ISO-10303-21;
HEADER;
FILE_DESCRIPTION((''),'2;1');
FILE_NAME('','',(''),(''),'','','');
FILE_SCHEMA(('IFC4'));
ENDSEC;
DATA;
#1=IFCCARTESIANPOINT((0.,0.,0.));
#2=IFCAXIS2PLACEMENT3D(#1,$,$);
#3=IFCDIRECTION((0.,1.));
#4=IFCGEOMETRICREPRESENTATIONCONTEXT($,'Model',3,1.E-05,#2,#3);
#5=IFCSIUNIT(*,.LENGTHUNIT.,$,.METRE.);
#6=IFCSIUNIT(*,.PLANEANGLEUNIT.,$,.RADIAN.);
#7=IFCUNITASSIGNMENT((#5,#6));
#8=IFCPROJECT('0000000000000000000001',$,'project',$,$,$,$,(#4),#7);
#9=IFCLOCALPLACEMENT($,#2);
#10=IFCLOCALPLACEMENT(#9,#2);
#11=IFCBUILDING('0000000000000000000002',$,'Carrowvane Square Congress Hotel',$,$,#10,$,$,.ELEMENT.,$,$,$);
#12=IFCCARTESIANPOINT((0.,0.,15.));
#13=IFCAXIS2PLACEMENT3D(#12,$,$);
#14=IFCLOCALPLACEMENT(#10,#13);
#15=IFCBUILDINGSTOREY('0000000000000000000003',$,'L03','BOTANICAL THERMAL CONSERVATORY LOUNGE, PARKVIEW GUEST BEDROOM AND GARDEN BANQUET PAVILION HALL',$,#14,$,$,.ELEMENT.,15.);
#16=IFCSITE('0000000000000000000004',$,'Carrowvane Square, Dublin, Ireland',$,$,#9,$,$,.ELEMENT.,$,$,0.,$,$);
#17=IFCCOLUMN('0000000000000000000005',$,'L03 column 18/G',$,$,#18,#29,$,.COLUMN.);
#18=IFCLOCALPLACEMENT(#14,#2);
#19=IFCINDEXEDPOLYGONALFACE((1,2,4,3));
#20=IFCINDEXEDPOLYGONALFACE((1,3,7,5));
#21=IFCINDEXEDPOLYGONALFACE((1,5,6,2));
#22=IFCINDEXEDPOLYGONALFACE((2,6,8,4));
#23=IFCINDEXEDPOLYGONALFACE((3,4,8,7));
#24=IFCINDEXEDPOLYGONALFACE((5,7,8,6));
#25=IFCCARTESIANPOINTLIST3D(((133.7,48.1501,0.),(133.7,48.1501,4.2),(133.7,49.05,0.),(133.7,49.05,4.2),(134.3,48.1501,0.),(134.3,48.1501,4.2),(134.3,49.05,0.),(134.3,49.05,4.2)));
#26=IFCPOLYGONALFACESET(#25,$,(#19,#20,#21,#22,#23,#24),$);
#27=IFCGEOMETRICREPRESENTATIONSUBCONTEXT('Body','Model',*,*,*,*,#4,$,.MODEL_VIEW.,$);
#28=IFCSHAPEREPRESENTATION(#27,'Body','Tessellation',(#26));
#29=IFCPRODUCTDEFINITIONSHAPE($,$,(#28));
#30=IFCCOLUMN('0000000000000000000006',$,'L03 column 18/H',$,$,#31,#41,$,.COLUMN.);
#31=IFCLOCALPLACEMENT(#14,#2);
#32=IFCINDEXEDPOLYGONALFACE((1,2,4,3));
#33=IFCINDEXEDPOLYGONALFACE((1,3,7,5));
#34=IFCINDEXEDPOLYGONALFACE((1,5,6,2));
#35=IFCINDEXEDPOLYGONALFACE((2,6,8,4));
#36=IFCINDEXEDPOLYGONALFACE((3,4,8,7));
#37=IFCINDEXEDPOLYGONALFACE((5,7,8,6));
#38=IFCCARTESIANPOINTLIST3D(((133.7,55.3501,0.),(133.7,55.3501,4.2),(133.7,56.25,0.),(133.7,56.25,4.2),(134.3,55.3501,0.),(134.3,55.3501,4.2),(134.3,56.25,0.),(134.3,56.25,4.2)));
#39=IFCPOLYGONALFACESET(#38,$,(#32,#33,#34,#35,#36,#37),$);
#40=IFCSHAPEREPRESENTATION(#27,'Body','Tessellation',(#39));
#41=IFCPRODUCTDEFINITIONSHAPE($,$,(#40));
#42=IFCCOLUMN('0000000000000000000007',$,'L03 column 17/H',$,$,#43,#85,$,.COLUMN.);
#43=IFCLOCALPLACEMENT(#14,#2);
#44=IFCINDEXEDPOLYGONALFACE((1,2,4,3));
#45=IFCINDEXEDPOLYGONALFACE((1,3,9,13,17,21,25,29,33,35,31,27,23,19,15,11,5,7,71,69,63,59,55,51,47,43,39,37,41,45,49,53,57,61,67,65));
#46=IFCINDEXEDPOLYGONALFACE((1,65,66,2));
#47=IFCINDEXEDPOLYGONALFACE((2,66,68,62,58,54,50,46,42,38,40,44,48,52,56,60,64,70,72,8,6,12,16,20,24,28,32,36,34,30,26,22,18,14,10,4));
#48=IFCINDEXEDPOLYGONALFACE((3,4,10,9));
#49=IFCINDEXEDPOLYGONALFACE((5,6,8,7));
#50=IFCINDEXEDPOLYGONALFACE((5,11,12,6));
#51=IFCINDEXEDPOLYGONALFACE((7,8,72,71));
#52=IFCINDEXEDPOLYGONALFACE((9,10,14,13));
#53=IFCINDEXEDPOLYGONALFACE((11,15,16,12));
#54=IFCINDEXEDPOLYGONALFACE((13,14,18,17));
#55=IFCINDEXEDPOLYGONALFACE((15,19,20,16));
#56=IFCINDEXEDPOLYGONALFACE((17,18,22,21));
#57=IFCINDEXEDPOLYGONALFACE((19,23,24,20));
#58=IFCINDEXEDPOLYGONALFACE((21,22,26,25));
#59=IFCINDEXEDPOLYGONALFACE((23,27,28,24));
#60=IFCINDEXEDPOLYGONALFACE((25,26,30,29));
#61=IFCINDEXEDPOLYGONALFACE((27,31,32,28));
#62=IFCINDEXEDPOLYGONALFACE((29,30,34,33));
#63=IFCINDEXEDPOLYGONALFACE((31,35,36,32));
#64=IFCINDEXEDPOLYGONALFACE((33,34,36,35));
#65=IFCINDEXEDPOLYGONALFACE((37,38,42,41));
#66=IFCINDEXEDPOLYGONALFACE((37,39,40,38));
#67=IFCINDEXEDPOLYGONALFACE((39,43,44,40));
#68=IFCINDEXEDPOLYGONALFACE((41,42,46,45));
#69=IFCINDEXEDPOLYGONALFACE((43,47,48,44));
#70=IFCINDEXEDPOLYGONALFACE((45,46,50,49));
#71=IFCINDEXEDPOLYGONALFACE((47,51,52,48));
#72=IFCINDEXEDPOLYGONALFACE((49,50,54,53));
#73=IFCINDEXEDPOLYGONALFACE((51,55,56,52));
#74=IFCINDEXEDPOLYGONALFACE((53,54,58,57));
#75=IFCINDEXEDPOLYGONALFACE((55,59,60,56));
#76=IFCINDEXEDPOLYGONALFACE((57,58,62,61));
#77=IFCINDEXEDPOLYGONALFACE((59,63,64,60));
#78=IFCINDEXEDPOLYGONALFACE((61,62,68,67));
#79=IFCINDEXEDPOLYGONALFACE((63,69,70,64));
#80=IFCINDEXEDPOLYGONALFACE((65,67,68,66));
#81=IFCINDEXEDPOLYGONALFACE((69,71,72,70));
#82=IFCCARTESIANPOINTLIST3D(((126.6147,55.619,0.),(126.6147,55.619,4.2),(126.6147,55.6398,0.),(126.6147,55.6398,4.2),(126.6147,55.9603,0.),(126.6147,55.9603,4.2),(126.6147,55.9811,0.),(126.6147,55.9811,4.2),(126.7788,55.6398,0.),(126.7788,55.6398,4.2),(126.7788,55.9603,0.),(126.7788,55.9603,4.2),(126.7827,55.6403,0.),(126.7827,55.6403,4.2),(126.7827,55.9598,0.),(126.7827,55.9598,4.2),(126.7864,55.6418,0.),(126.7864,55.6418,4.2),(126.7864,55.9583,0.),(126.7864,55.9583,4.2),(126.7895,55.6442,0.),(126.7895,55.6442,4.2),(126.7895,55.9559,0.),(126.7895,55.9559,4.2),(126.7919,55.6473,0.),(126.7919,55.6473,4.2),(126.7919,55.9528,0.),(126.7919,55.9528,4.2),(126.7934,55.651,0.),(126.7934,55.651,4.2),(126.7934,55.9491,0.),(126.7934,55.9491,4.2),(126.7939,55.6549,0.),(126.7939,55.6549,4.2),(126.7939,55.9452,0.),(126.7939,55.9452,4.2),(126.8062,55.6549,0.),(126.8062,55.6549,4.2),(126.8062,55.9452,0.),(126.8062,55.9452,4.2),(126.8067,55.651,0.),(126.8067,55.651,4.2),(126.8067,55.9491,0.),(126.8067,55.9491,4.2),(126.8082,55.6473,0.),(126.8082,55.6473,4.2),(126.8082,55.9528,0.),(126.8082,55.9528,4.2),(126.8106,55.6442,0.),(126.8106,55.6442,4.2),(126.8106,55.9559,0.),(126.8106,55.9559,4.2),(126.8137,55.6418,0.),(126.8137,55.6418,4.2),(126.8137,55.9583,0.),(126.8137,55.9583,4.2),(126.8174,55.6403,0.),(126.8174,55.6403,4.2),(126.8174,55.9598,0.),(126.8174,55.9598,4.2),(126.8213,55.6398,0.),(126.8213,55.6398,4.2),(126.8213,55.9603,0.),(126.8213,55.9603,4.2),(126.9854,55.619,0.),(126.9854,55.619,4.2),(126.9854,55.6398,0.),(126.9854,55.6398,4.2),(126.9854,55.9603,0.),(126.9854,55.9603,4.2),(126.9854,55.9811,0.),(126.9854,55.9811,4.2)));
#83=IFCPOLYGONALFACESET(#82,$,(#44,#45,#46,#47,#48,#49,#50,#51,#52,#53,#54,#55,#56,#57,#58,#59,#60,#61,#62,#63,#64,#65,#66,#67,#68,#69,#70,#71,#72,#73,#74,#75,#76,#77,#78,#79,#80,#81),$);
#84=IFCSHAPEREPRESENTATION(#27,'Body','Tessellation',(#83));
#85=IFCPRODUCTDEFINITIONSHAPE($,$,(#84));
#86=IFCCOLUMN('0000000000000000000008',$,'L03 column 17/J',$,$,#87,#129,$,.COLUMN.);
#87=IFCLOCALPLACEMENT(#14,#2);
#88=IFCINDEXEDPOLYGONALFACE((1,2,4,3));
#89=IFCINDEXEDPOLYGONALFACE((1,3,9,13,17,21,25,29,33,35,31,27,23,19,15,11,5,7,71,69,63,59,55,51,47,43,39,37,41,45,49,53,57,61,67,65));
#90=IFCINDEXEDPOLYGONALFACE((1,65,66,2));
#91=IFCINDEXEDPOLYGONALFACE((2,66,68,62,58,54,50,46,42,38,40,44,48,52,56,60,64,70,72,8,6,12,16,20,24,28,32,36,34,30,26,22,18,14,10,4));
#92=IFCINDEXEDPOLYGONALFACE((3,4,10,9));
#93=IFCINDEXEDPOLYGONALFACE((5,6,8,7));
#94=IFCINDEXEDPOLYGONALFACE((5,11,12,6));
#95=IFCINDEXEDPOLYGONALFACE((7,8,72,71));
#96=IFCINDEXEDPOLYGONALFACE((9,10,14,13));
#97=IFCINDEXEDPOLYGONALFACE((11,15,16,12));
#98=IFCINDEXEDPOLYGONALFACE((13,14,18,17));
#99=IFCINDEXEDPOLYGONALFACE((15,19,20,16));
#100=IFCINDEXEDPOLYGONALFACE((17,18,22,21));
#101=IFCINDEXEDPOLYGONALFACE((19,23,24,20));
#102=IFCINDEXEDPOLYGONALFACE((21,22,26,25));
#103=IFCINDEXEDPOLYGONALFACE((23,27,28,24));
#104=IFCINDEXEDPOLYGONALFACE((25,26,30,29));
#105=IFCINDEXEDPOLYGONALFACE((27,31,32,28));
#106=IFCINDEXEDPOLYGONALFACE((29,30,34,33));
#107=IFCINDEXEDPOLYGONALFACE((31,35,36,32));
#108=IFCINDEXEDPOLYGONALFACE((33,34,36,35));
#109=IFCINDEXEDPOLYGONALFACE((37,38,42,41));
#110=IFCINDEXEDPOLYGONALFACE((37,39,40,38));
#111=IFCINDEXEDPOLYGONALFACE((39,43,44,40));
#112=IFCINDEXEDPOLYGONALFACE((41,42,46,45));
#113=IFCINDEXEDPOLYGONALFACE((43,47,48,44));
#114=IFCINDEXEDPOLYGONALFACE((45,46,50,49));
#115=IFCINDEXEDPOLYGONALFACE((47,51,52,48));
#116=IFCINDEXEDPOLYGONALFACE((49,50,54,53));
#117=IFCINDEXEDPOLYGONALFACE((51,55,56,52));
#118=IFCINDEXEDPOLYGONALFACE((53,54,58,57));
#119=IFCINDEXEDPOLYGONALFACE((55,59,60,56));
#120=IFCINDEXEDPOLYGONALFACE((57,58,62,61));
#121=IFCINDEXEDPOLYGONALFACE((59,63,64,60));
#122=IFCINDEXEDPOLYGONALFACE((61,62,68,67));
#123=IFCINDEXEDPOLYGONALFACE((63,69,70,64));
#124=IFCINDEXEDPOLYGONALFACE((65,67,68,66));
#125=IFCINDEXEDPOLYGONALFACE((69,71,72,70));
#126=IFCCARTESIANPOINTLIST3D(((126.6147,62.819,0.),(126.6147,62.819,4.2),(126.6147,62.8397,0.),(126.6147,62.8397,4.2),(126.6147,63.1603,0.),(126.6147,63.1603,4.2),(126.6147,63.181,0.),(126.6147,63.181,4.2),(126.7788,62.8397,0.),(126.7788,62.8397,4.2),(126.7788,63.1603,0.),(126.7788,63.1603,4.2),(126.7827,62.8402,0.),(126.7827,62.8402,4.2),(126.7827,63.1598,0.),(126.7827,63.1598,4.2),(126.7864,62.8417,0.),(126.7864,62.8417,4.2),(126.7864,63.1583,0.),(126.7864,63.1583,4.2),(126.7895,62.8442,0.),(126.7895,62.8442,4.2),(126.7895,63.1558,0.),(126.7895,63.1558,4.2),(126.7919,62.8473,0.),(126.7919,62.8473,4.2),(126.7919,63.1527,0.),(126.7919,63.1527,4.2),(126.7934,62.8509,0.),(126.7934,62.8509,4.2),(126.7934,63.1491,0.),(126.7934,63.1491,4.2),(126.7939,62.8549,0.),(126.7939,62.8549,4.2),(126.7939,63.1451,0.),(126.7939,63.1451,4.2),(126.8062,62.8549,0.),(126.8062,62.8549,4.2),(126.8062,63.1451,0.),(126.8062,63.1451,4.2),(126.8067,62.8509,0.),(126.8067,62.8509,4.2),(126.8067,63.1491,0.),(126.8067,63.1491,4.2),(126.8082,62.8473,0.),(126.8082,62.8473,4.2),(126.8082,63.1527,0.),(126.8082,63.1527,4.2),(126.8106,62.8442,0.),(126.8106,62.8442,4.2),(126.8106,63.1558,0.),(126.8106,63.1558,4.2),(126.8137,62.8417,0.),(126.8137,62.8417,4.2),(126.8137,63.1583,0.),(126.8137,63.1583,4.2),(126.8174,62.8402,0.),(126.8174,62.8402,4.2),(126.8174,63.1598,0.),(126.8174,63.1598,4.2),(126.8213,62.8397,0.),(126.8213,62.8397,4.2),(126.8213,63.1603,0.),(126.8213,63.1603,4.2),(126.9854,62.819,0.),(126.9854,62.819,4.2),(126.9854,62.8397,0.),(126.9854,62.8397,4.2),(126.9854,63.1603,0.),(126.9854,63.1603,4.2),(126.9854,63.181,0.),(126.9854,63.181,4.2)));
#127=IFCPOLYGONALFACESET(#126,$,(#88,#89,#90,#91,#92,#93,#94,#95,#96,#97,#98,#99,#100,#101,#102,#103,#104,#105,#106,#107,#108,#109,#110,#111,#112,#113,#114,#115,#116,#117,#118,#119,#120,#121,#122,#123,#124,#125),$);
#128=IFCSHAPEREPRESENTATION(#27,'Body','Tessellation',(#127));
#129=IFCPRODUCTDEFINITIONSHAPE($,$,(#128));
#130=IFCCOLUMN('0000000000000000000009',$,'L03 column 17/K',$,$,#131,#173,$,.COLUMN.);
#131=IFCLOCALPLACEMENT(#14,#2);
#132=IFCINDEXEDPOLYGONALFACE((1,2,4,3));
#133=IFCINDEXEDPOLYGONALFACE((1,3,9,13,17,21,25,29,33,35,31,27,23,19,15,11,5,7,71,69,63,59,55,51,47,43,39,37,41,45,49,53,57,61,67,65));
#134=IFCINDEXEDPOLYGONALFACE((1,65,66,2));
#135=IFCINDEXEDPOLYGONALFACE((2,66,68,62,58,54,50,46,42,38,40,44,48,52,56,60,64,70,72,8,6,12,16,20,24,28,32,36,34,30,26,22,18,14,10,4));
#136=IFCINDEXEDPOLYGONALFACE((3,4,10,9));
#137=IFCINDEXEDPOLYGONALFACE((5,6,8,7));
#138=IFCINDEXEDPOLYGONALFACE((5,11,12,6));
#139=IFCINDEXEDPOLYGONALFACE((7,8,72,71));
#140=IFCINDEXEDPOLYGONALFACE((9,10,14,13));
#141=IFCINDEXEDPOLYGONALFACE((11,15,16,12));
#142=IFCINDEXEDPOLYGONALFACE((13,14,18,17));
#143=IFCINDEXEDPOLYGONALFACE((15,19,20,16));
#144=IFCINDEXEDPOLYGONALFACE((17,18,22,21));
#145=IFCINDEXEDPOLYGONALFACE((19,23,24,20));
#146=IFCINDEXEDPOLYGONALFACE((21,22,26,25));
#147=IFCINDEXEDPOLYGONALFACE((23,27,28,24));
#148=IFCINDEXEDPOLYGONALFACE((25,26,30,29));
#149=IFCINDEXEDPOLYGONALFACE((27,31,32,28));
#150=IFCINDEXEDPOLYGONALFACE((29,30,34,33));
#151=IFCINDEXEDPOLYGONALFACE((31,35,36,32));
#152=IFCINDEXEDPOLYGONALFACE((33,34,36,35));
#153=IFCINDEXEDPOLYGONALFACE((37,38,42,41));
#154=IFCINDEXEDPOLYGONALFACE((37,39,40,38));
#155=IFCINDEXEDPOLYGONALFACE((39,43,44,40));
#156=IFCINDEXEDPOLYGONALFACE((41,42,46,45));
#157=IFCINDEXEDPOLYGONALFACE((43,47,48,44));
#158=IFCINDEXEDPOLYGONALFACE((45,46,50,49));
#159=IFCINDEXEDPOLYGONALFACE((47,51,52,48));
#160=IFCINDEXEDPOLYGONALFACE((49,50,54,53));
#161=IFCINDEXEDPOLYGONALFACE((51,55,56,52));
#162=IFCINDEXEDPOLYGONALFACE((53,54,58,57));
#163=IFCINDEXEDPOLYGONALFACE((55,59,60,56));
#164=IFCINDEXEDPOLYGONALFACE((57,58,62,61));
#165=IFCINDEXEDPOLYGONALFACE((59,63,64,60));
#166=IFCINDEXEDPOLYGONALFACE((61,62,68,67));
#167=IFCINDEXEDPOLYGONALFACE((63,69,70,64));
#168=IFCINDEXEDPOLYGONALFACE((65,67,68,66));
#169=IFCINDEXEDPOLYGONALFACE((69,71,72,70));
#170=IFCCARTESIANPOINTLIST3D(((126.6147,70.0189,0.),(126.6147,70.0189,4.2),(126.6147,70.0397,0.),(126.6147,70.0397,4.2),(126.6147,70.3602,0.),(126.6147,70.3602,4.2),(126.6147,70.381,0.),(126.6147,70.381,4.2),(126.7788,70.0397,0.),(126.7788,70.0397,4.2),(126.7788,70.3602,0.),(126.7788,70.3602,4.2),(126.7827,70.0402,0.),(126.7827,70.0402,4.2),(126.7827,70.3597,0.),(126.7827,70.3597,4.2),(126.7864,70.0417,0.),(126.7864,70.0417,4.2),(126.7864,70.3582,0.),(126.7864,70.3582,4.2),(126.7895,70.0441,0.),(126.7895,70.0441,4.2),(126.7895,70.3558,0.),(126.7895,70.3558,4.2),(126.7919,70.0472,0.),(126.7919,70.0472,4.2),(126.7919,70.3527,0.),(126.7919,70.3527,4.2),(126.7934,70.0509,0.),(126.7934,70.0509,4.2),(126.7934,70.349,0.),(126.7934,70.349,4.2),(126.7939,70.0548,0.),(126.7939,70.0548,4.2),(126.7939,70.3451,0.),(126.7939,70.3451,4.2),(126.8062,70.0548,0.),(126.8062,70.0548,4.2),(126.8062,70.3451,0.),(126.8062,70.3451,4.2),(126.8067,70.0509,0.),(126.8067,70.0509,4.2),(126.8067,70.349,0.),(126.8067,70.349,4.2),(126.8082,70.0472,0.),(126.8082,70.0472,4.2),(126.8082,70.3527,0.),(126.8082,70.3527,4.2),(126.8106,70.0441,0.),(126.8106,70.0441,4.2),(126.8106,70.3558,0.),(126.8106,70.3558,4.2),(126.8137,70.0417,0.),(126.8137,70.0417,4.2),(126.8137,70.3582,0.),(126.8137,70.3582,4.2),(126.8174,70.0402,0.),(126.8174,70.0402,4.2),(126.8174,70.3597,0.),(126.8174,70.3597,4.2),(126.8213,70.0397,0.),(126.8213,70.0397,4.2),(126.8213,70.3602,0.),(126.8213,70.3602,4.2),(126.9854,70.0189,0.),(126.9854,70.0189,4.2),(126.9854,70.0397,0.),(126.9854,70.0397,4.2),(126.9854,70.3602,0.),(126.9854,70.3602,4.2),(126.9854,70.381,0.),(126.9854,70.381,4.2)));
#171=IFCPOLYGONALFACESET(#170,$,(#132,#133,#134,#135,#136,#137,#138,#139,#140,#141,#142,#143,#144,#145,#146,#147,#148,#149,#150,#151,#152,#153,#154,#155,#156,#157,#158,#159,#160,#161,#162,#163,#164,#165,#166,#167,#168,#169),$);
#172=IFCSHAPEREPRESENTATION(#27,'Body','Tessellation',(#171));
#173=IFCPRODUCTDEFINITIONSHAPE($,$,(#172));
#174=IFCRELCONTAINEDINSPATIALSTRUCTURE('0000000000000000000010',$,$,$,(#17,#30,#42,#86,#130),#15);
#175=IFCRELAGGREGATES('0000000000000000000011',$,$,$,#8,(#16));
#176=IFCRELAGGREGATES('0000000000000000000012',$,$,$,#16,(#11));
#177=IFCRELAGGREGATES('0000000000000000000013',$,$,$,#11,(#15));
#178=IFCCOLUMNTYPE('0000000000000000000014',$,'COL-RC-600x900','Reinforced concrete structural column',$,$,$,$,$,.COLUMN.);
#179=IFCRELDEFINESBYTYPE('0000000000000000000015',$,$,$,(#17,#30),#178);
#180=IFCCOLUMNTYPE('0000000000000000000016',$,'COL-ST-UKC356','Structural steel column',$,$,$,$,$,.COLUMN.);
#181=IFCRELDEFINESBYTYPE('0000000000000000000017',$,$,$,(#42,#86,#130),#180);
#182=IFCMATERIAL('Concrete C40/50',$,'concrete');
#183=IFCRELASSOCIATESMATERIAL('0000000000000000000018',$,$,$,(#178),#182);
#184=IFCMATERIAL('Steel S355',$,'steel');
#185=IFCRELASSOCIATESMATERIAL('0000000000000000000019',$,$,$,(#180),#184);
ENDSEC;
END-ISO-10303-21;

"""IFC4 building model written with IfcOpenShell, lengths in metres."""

from ifc_helpers import new_model, si_unit, direction, frame, origin, origin_2d, place, context, subcontext, project, spatial, rectangle, i_section, extrude, material, material_profile, profile_set, type_object, element, save


model = new_model("IFC4")

# Units and contexts
model_context = context("Model", 3, precision=1e-05, world=origin(), true_north=direction((0.0, 1.0)))
body_context = subcontext(model_context, "Body", "Model", "MODEL_VIEW")
ifc_project = project(units=[si_unit("LENGTHUNIT", "METRE"), si_unit("PLANEANGLEUNIT", "RADIAN")], contexts=[model_context])

# Site, building, storey
site_placement = place(None, origin())
site = spatial("IfcSite", under=ifc_project, at=site_placement, Name="Carrowvane Square, Dublin, Ireland", CompositionType="ELEMENT", RefElevation=0.0)
building_placement = place(site_placement, origin())
building = spatial("IfcBuilding", under=site, at=building_placement, Name="Carrowvane Square Congress Hotel", CompositionType="ELEMENT")
storey_placement = place(building_placement, frame((0.0, 0.0, 15.0)))
storey = spatial("IfcBuildingStorey", under=building, at=storey_placement, Name="L03", Description="BOTANICAL THERMAL CONSERVATORY LOUNGE, PARKVIEW GUEST BEDROOM AND GARDEN BANQUET PAVILION HALL", CompositionType="ELEMENT", Elevation=15.0)

# Columns
ifc_material_1 = material(Name="Concrete C40/50", Category="concrete")
ifc_material_profile_1 = material_profile(ifc_material_1, rectangle(XDim=0.6001, YDim=0.8999, at=origin_2d()), Name="RC 600x900")
ifc_profile_set_1 = profile_set([ifc_material_profile_1], Name="Concrete C40/50")
column_type_1 = type_object("IfcColumnType", Name="COL-RC-600x900", Description="Reinforced concrete structural column", PredefinedType="COLUMN", material=ifc_profile_set_1)
for number, where, z_axis, x_axis, name in (
    (1, (134.0, 48.6001, 0.0), (0.0, 0.0, 1.0), (1.0, 0.0, 0.0), "L03 column 18/G"),
    (2, (134.0, 55.8, 0.0), (0.0, 0.0, 1.0), (1.0, 0.0, 0.0), "L03 column 18/H"),
):
    element("IfcColumn", number, at=place(storey_placement, frame(where, z_axis=z_axis, x_axis=x_axis)), inside=storey, type_object=column_type_1, Name=name, PredefinedType="COLUMN", context=body_context, shape_type="SweptSolid", body=[
        extrude(rectangle(XDim=0.6001, YDim=0.8999, at=origin_2d()), origin(), (0.0, 0.0, 1.0), 4.2),
    ])
ifc_material_2 = material(Name="Steel S355", Category="steel")
ifc_material_profile_2 = material_profile(ifc_material_2, i_section(OverallWidth=0.3706, OverallDepth=0.3621, WebThickness=0.0122, FlangeThickness=0.0208, FilletRadius=0.0151, at=origin_2d()), Name="UKC 356x368x153")
ifc_profile_set_2 = profile_set([ifc_material_profile_2], Name="Steel S355")
column_type_2 = type_object("IfcColumnType", Name="COL-ST-UKC356", Description="Structural steel column", PredefinedType="COLUMN", material=ifc_profile_set_2)
for number, where, z_axis, x_axis, name in (
    (3, (126.8, 55.8, 0.0), (0.0, 0.0, 1.0), (1.0, 0.0, 0.0), "L03 column 17/H"),
    (4, (126.8, 63.0, 0.0), (0.0, 0.0, 1.0), (1.0, 0.0, 0.0), "L03 column 17/J"),
    (5, (126.8, 70.2, 0.0), (0.0, 0.0, 1.0), (1.0, 0.0, 0.0), "L03 column 17/K"),
):
    element("IfcColumn", number, at=place(storey_placement, frame(where, z_axis=z_axis, x_axis=x_axis)), inside=storey, type_object=column_type_2, Name=name, PredefinedType="COLUMN", context=body_context, shape_type="SweptSolid", body=[
        extrude(i_section(OverallWidth=0.3706, OverallDepth=0.3621, WebThickness=0.0122, FlangeThickness=0.0208, FilletRadius=0.0151, at=origin_2d()), origin(), (0.0, 0.0, 1.0), 4.2),
    ])

save(model, "model.ifc")
